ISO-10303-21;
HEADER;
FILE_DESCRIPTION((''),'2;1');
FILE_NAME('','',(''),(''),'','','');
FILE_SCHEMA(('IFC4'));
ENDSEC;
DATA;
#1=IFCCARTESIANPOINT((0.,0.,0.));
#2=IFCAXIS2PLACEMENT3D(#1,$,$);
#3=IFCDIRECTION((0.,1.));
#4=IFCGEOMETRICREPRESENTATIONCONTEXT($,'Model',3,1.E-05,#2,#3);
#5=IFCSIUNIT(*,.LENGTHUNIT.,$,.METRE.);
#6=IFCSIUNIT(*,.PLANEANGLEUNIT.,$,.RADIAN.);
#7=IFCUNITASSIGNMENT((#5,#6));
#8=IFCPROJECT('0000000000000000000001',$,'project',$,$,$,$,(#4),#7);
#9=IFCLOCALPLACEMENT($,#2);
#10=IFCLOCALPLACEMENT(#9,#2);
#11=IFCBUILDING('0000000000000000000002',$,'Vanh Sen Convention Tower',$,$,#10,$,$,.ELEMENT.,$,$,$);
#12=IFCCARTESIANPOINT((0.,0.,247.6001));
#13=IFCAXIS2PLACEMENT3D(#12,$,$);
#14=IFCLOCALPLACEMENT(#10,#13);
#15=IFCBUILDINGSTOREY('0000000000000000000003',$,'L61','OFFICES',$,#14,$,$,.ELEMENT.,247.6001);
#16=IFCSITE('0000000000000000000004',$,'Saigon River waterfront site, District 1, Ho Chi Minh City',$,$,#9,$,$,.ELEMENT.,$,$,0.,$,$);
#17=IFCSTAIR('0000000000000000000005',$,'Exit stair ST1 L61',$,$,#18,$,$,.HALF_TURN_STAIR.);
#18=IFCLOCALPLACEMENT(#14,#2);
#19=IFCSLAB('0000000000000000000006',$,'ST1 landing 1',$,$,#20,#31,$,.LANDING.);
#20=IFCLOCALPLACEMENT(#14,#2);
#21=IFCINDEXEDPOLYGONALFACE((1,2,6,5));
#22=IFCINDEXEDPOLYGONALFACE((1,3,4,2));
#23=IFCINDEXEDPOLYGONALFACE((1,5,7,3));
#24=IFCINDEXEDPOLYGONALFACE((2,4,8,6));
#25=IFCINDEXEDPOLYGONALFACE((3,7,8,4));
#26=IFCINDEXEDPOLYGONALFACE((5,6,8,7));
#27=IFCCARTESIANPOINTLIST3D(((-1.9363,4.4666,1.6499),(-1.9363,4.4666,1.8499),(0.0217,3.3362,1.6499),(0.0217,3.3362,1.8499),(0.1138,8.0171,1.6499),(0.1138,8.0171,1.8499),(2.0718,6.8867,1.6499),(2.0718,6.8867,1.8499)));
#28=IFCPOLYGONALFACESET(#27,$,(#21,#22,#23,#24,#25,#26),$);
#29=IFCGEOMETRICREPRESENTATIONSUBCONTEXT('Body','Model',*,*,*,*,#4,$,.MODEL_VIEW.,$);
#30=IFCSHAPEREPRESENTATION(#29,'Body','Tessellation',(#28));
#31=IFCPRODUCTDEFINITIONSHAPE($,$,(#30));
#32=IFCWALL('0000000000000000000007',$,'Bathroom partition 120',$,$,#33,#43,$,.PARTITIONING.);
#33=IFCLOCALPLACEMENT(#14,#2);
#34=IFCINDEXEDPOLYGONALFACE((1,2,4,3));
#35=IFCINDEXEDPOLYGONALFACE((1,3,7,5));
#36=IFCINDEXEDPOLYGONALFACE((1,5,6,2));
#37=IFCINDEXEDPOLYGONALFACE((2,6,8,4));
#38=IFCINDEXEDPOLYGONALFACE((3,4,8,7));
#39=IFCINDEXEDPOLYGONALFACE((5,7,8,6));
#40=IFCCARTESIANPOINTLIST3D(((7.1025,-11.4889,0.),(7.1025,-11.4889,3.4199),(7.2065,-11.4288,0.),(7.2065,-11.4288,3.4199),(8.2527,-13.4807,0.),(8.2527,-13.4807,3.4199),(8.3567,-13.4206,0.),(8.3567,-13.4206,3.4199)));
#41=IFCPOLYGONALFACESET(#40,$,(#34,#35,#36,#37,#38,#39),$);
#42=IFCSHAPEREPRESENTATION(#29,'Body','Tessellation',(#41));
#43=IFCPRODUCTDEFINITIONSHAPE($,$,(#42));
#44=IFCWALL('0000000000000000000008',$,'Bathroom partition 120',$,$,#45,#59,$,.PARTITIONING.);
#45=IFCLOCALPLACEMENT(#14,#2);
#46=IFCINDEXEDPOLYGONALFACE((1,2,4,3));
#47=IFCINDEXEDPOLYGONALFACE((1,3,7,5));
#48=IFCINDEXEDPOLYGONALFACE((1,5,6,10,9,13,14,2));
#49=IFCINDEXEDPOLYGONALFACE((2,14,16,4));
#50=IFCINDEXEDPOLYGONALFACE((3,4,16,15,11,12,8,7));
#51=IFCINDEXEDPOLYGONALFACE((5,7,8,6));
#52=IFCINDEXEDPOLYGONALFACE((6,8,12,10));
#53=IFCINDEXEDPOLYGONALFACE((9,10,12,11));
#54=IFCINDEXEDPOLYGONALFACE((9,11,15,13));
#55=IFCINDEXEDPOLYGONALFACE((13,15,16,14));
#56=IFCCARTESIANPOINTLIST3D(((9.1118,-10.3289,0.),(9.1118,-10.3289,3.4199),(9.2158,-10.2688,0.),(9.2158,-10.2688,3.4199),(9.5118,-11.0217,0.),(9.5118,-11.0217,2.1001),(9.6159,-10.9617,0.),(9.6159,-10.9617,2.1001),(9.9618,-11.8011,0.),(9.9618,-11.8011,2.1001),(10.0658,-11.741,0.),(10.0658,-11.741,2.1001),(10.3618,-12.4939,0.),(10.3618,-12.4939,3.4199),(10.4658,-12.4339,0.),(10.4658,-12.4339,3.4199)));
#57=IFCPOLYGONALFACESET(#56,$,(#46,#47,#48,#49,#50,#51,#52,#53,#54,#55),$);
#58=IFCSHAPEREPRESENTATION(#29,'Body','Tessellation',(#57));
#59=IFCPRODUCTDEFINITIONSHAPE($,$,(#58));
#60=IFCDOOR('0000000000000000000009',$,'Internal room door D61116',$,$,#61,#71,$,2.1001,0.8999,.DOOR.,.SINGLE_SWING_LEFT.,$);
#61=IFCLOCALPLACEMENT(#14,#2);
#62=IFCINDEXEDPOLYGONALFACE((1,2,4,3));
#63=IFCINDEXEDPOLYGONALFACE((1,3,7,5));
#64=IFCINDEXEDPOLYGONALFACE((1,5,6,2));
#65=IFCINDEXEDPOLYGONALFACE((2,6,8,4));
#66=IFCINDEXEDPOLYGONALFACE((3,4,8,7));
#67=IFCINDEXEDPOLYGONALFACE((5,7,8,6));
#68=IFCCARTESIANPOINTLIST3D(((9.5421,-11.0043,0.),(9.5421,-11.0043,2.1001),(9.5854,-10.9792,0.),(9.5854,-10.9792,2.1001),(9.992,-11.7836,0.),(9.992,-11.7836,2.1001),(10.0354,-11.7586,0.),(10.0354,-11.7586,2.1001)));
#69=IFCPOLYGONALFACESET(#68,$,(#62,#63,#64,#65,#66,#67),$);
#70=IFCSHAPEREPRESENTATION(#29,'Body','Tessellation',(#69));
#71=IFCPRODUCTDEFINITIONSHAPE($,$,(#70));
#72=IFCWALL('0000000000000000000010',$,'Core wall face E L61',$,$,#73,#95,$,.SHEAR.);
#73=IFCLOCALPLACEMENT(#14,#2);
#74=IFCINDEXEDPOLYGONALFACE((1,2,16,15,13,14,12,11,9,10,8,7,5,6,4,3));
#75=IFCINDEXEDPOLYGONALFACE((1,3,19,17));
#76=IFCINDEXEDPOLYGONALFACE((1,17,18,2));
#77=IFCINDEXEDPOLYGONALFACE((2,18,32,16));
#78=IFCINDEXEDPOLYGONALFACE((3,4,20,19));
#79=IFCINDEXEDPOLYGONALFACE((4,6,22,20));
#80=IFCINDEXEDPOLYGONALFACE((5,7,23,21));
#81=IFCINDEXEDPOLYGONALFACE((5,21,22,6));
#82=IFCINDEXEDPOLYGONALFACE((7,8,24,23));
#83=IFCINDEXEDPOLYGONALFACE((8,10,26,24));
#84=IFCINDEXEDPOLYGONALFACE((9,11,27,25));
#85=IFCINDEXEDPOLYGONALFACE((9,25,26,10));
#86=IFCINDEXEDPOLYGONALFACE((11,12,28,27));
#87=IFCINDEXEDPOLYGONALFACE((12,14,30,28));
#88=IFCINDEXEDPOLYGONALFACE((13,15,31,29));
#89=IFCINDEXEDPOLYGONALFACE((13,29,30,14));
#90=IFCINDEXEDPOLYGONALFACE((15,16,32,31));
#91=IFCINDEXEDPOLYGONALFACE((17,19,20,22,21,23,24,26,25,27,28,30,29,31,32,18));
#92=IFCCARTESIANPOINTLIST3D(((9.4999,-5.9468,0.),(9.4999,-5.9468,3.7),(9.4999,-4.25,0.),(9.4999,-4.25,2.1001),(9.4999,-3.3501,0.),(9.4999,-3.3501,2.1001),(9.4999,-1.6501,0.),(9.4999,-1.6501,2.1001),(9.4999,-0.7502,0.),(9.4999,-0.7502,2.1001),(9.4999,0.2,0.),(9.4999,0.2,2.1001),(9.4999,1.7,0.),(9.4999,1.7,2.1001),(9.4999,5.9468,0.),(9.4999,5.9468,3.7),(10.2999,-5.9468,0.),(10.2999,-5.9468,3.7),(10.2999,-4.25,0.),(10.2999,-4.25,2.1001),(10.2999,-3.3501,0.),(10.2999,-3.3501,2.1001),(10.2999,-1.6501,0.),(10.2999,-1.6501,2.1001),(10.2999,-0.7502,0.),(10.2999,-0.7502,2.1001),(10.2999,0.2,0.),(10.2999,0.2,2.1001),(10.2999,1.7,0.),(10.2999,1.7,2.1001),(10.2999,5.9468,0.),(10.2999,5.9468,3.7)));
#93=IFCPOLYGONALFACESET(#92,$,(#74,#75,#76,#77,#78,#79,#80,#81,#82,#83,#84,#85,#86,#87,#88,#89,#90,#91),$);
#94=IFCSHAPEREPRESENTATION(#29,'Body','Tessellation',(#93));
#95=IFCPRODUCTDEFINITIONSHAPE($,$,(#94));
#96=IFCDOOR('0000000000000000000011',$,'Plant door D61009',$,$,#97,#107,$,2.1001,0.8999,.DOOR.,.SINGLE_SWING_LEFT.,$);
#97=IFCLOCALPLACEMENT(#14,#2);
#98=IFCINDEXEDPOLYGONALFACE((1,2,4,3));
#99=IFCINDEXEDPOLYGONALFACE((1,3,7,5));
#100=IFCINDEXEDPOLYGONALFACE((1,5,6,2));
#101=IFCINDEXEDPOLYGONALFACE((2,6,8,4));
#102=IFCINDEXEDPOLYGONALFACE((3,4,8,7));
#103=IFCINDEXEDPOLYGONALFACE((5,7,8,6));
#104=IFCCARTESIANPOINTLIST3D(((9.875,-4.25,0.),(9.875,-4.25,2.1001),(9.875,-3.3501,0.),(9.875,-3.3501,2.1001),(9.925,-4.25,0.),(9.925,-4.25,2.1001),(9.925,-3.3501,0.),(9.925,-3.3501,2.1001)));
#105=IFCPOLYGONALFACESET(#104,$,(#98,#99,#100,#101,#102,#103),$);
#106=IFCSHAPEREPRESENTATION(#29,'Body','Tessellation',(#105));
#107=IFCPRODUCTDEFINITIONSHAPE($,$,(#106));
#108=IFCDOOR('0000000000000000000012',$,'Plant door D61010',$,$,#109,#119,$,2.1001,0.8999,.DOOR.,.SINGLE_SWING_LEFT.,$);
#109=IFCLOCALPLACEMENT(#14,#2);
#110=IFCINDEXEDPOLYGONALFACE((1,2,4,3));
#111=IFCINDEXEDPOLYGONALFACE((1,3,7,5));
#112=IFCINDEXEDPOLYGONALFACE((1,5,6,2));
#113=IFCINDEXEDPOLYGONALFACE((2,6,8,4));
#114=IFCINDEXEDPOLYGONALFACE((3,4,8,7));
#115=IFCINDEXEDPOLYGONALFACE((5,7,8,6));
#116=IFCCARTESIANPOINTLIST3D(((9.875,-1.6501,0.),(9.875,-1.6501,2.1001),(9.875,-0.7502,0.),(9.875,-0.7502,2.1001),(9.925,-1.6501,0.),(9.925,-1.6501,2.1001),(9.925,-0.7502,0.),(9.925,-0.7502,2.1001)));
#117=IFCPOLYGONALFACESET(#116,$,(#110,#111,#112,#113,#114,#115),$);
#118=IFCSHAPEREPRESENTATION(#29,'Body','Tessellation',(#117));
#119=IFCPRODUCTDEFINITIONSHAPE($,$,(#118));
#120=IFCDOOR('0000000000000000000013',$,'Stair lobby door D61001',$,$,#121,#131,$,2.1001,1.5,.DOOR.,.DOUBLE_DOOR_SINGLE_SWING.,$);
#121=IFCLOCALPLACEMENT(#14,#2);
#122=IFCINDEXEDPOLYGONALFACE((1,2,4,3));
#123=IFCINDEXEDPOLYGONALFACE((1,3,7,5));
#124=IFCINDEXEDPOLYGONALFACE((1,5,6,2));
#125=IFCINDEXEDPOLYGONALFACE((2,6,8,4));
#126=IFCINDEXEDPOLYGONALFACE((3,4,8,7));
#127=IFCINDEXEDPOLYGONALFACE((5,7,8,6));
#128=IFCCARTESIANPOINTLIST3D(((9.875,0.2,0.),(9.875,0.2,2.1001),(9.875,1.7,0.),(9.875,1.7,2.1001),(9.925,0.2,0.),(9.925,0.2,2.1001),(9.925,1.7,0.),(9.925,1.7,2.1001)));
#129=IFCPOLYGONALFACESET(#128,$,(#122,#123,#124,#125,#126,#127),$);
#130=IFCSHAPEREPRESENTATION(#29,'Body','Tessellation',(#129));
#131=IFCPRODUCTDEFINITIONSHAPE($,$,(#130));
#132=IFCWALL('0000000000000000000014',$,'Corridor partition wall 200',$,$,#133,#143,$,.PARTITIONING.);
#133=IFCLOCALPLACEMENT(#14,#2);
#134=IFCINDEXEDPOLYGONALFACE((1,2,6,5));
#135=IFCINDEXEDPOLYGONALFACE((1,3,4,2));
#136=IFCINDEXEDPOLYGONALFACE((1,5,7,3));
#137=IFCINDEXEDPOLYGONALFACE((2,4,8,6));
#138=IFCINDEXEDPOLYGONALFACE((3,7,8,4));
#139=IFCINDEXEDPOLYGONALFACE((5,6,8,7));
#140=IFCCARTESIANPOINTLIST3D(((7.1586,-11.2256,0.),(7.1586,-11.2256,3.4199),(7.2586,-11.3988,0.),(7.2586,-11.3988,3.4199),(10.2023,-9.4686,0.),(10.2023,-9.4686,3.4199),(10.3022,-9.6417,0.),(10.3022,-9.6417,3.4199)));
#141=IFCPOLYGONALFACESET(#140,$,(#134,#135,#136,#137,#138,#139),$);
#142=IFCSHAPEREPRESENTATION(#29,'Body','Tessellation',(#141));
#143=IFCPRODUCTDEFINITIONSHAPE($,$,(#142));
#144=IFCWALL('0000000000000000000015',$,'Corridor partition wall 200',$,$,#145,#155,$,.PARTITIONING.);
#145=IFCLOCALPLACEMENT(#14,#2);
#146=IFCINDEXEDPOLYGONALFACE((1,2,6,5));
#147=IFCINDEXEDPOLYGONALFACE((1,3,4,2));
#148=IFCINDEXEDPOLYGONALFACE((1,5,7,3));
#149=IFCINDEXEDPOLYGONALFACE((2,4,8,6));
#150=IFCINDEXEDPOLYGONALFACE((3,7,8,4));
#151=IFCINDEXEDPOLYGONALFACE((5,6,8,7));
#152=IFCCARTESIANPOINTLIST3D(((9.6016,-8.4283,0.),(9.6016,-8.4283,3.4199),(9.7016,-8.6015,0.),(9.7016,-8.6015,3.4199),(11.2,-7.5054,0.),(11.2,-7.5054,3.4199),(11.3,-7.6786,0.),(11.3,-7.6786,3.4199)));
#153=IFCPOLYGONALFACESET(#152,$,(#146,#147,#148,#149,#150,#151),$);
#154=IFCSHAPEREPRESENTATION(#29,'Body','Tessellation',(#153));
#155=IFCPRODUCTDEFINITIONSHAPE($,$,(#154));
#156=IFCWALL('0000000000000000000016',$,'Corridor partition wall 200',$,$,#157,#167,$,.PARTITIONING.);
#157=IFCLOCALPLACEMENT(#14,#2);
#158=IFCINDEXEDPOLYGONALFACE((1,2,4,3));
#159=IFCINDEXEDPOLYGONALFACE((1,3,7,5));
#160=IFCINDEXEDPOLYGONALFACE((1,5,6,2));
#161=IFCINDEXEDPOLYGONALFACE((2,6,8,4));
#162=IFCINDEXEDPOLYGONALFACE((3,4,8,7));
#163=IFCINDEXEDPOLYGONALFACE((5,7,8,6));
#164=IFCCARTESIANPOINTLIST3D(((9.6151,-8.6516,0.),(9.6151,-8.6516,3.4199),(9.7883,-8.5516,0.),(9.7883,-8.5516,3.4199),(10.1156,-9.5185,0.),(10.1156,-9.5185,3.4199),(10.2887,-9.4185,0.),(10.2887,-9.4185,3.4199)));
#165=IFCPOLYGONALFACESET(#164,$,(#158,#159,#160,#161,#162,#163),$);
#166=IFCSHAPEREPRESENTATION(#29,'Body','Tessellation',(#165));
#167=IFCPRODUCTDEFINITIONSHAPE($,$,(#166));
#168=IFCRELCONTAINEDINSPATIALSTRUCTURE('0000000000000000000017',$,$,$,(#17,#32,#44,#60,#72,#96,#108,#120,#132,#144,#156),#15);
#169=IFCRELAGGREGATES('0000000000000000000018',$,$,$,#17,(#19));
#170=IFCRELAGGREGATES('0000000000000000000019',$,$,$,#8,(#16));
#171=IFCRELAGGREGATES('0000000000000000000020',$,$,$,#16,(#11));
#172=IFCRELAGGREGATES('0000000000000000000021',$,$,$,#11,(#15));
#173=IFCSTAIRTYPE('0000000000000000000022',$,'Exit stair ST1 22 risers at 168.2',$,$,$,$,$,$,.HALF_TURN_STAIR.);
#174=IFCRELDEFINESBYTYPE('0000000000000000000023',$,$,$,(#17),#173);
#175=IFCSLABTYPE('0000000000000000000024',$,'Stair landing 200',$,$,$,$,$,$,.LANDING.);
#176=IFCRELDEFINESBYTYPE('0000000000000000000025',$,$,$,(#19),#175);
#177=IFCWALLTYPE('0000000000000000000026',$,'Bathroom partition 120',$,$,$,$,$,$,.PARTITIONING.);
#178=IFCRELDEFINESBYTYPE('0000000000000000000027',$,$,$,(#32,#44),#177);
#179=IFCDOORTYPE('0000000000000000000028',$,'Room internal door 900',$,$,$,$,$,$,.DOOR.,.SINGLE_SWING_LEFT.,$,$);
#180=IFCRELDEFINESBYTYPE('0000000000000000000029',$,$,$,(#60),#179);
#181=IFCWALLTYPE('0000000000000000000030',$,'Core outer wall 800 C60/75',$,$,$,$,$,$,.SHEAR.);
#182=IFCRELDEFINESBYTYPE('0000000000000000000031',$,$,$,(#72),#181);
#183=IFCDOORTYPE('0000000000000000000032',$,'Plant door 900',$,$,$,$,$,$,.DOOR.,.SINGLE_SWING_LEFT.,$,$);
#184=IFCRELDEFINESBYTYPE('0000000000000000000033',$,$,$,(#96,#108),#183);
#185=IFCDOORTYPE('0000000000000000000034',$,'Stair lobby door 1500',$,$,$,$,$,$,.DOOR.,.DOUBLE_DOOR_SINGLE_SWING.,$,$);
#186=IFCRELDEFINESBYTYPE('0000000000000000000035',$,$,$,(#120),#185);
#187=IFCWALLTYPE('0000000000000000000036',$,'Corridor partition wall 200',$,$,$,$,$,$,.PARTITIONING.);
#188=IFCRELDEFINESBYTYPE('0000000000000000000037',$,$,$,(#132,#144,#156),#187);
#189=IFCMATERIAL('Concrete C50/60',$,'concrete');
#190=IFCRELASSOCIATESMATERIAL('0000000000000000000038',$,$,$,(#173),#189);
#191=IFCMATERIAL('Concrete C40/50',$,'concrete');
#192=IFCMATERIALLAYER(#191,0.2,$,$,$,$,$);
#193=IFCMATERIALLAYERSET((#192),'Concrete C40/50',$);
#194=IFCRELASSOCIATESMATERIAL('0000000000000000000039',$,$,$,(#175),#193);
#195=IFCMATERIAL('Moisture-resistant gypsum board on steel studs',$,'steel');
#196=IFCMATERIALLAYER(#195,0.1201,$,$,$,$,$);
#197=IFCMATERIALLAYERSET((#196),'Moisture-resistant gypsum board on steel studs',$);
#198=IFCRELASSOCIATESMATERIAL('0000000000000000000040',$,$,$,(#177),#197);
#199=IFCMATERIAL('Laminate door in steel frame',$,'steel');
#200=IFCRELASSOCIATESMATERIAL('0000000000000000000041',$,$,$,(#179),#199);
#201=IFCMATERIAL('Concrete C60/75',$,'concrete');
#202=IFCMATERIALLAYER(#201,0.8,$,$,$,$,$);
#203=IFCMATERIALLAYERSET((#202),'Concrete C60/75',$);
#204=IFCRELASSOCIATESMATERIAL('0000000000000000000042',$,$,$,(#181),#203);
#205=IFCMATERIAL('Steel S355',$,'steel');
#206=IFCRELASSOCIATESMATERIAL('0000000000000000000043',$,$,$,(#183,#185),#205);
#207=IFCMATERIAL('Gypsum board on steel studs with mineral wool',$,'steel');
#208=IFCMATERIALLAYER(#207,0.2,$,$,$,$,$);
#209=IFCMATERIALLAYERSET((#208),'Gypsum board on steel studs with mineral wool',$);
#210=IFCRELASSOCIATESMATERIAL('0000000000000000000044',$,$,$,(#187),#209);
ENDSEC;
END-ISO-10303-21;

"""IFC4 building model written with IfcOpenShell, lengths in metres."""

from ifc_helpers import new_model, si_unit, direction, frame, frame_2d, origin, place, context, subcontext, project, spatial, polyline, rectangle, outline, extrude, material, layer, layer_set, type_object, element, fill, aggregate, save


model = new_model("IFC4")

# Units and contexts
model_context = context("Model", 3, precision=1e-05, world=origin(), true_north=direction((0.0, 1.0)))
body_context = subcontext(model_context, "Body", "Model", "MODEL_VIEW")
ifc_project = project(units=[si_unit("LENGTHUNIT", "METRE"), si_unit("PLANEANGLEUNIT", "RADIAN")], contexts=[model_context])

# Site, building, storey
site_placement = place(None, origin())
site = spatial("IfcSite", under=ifc_project, at=site_placement, Name="Saigon River waterfront site, District 1, Ho Chi Minh City", CompositionType="ELEMENT", RefElevation=0.0)
building_placement = place(site_placement, origin())
building = spatial("IfcBuilding", under=site, at=building_placement, Name="Vanh Sen Convention Tower", CompositionType="ELEMENT")
storey_placement = place(building_placement, frame((0.0, 0.0, 247.6001)))
storey = spatial("IfcBuildingStorey", under=building, at=storey_placement, Name="L61", Description="OFFICES", CompositionType="ELEMENT", Elevation=247.6001)

# Stair, slab
ifc_material_1 = material(Name="Concrete C50/60", Category="concrete")
stair_type = type_object("IfcStairType", Name="Exit stair ST1 22 risers at 168.2", PredefinedType="HALF_TURN_STAIR", material=ifc_material_1)
stair_placement = place(storey_placement, origin())
stair = element("IfcStair", 1, at=stair_placement, inside=storey, type_object=stair_type, Name="Exit stair ST1 L61", PredefinedType="HALF_TURN_STAIR")
ifc_material_2 = material(Name="Concrete C40/50", Category="concrete")
ifc_layer_1 = layer(ifc_material_2, 0.2)
ifc_layer_set_1 = layer_set([ifc_layer_1], Name="Concrete C40/50")
slab_type = type_object("IfcSlabType", Name="Stair landing 200", PredefinedType="LANDING", material=ifc_layer_set_1)
slab_placement = place(storey_placement, frame((0.0, 0.0, 1.6499)))
slab = element("IfcSlab", 2, at=slab_placement, type_object=slab_type, Name="ST1 landing 1", PredefinedType="LANDING", context=body_context, shape_type="SweptSolid", body=[
    extrude(outline(polyline([(2.0718, 6.8867), (0.1138, 8.0171), (-1.9363, 4.4666), (0.0217, 3.3362), (2.0718, 6.8867)])), origin(), (0.0, 0.0, 1.0), 0.2),
])
aggregate(stair, [slab])

# Wall
ifc_material_3 = material(Name="Moisture-resistant gypsum board on steel studs", Category="steel")
ifc_layer_2 = layer(ifc_material_3, 0.1201)
ifc_layer_set_2 = layer_set([ifc_layer_2], Name="Moisture-resistant gypsum board on steel studs")
wall_type_1 = type_object("IfcWallType", Name="Bathroom partition 120", PredefinedType="PARTITIONING", material=ifc_layer_set_2)
wall_1_placement = place(storey_placement, frame((7.1545, -11.459, 0.0), z_axis=(0.0, 0.0, 1.0), x_axis=(0.500078, -0.865981, 0.0)))
element("IfcWall", 3, at=wall_1_placement, inside=storey, type_object=wall_type_1, Name="Bathroom partition 120", PredefinedType="PARTITIONING", context=body_context, shape_type="SweptSolid", body=[
    extrude(rectangle(XDim=2.3, YDim=0.1201, at=frame_2d((1.1499, 0.0))), origin(), (0.0, 0.0, 1.0), 3.4199),
])

# Wall, opening, door
wall_2_placement = place(storey_placement, frame((9.1638, -10.2988, 0.0), z_axis=(0.0, 0.0, 1.0), x_axis=(0.500004, -0.866023, 0.0)))
wall_2 = element("IfcWall", 4, at=wall_2_placement, inside=storey, type_object=wall_type_1, Name="Bathroom partition 120", PredefinedType="PARTITIONING", context=body_context, shape_type="SweptSolid", body=[
    extrude(rectangle(XDim=2.5, YDim=0.1201, at=frame_2d((1.25, 0.0))), origin(), (0.0, 0.0, 1.0), 3.4199),
])
opening_1_placement = place(wall_2_placement, frame((0.8, 0.0, 0.0)))
opening_1 = element("IfcOpeningElement", 5, at=opening_1_placement, cuts=wall_2, PredefinedType="OPENING", context=body_context, shape_type="SweptSolid", body=[
    extrude(rectangle(XDim=0.8999, YDim=2.1001, at=frame_2d((0.45, 1.05))), frame((0.0, 0.0701, 0.0), z_axis=(0.0, -1.0, 0.0), x_axis=(1.0, 0.0, 0.0)), (0.0, 0.0, 1.0), 0.1401),
])
ifc_material_4 = material(Name="Laminate door in steel frame", Category="steel")
door_type_1 = type_object("IfcDoorType", Name="Room internal door 900", OperationType="SINGLE_SWING_LEFT", PredefinedType="DOOR", material=ifc_material_4)
door_1_placement = place(opening_1_placement, origin())
door_1 = element("IfcDoor", 6, at=door_1_placement, inside=storey, type_object=door_type_1, Name="Internal room door D61116", OperationType="SINGLE_SWING_LEFT", OverallHeight=2.1001, OverallWidth=0.8999, PredefinedType="DOOR", context=body_context, shape_type="SweptSolid", body=[
    extrude(rectangle(XDim=0.8999, YDim=2.1001, at=frame_2d((0.45, 1.05))), frame((0.0, 0.0249, 0.0), z_axis=(0.0, -1.0, 0.0), x_axis=(1.0, 0.0, 0.0)), (0.0, 0.0, 1.0), 0.05),
])
fill(opening_1, door_1)

# Wall, openings, doors
ifc_material_5 = material(Name="Concrete C60/75", Category="concrete")
ifc_layer_3 = layer(ifc_material_5, 0.8)
ifc_layer_set_3 = layer_set([ifc_layer_3], Name="Concrete C60/75")
wall_type_2 = type_object("IfcWallType", Name="Core outer wall 800 C60/75", PredefinedType="SHEAR", material=ifc_layer_set_3)
wall_3_placement = place(storey_placement, frame((9.8999, -5.9468, 0.0), z_axis=(0.0, 0.0, 1.0), x_axis=(0.0, 1.0, 0.0)))
wall_3 = element("IfcWall", 7, at=wall_3_placement, inside=storey, type_object=wall_type_2, Name="Core wall face E L61", PredefinedType="SHEAR", context=body_context, shape_type="SweptSolid", body=[
    extrude(rectangle(XDim=11.8936, YDim=0.8, at=frame_2d((5.9468, 0.0))), origin(), (0.0, 0.0, 1.0), 3.7),
])
opening_2_placement = place(wall_3_placement, frame((6.1467, 0.0, 0.0)))
opening_2 = element("IfcOpeningElement", 8, at=opening_2_placement, cuts=wall_3, PredefinedType="OPENING", context=body_context, shape_type="SweptSolid", body=[
    extrude(rectangle(XDim=1.5, YDim=2.1001, at=frame_2d((0.75, 1.05))), frame((0.0, 0.4099, 0.0), z_axis=(0.0, -1.0, 0.0), x_axis=(1.0, 0.0, 0.0)), (0.0, 0.0, 1.0), 0.8201),
])
opening_3_placement = place(wall_3_placement, frame((1.6968, 0.0, 0.0)))
opening_3 = element("IfcOpeningElement", 9, at=opening_3_placement, cuts=wall_3, PredefinedType="OPENING", context=body_context, shape_type="SweptSolid", body=[
    extrude(rectangle(XDim=0.8999, YDim=2.1001, at=frame_2d((0.45, 1.05))), frame((0.0, 0.4099, 0.0), z_axis=(0.0, -1.0, 0.0), x_axis=(1.0, 0.0, 0.0)), (0.0, 0.0, 1.0), 0.8201),
])
opening_4_placement = place(wall_3_placement, frame((4.2966, 0.0, 0.0)))
opening_4 = element("IfcOpeningElement", 10, at=opening_4_placement, cuts=wall_3, PredefinedType="OPENING", context=body_context, shape_type="SweptSolid", body=[
    extrude(rectangle(XDim=0.8999, YDim=2.1001, at=frame_2d((0.45, 1.05))), frame((0.0, 0.4099, 0.0), z_axis=(0.0, -1.0, 0.0), x_axis=(1.0, 0.0, 0.0)), (0.0, 0.0, 1.0), 0.8201),
])
ifc_material_6 = material(Name="Steel S355", Category="steel")
door_type_2 = type_object("IfcDoorType", Name="Plant door 900", OperationType="SINGLE_SWING_LEFT", PredefinedType="DOOR", material=ifc_material_6)
door_2_placement = place(opening_3_placement, origin())
door_2 = element("IfcDoor", 11, at=door_2_placement, inside=storey, type_object=door_type_2, Name="Plant door D61009", OperationType="SINGLE_SWING_LEFT", OverallHeight=2.1001, OverallWidth=0.8999, PredefinedType="DOOR", context=body_context, shape_type="SweptSolid", body=[
    extrude(rectangle(XDim=0.8999, YDim=2.1001, at=frame_2d((0.45, 1.05))), frame((0.0, 0.0249, 0.0), z_axis=(0.0, -1.0, 0.0), x_axis=(1.0, 0.0, 0.0)), (0.0, 0.0, 1.0), 0.05),
])
fill(opening_3, door_2)
door_3_placement = place(opening_4_placement, origin())
door_3 = element("IfcDoor", 12, at=door_3_placement, inside=storey, type_object=door_type_2, Name="Plant door D61010", OperationType="SINGLE_SWING_LEFT", OverallHeight=2.1001, OverallWidth=0.8999, PredefinedType="DOOR", context=body_context, shape_type="SweptSolid", body=[
    extrude(rectangle(XDim=0.8999, YDim=2.1001, at=frame_2d((0.45, 1.05))), frame((0.0, 0.0249, 0.0), z_axis=(0.0, -1.0, 0.0), x_axis=(1.0, 0.0, 0.0)), (0.0, 0.0, 1.0), 0.05),
])
fill(opening_4, door_3)
door_type_3 = type_object("IfcDoorType", Name="Stair lobby door 1500", OperationType="DOUBLE_DOOR_SINGLE_SWING", PredefinedType="DOOR", material=ifc_material_6)
door_4_placement = place(opening_2_placement, origin())
door_4 = element("IfcDoor", 13, at=door_4_placement, inside=storey, type_object=door_type_3, Name="Stair lobby door D61001", OperationType="DOUBLE_DOOR_SINGLE_SWING", OverallHeight=2.1001, OverallWidth=1.5, PredefinedType="DOOR", context=body_context, shape_type="SweptSolid", body=[
    extrude(rectangle(XDim=1.5, YDim=2.1001, at=frame_2d((0.75, 1.05))), frame((0.0, 0.0249, 0.0), z_axis=(0.0, -1.0, 0.0), x_axis=(1.0, 0.0, 0.0)), (0.0, 0.0, 1.0), 0.05),
])
fill(opening_2, door_4)

# Walls
ifc_material_7 = material(Name="Gypsum board on steel studs with mineral wool", Category="steel")
ifc_layer_4 = layer(ifc_material_7, 0.2)
ifc_layer_set_4 = layer_set([ifc_layer_4], Name="Gypsum board on steel studs with mineral wool")
wall_type_3 = type_object("IfcWallType", Name="Corridor partition wall 200", PredefinedType="PARTITIONING", material=ifc_layer_set_4)
wall_4_placement = place(storey_placement, frame((7.2085, -11.3123, 0.0), z_axis=(0.0, 0.0, 1.0), x_axis=(0.86605, 0.499957, 0.0)))
element("IfcWall", 14, at=wall_4_placement, inside=storey, type_object=wall_type_3, Name="Corridor partition wall 200", PredefinedType="PARTITIONING", context=body_context, shape_type="SweptSolid", body=[
    extrude(rectangle(XDim=3.5144, YDim=0.2, at=frame_2d((1.7573, 0.0))), origin(), (0.0, 0.0, 1.0), 3.4199),
])
wall_5_placement = place(storey_placement, frame((9.6516, -8.5149, 0.0), z_axis=(0.0, 0.0, 1.0), x_axis=(0.86602, 0.500009, 0.0)))
element("IfcWall", 15, at=wall_5_placement, inside=storey, type_object=wall_type_3, Name="Corridor partition wall 200", PredefinedType="PARTITIONING", context=body_context, shape_type="SweptSolid", body=[
    extrude(rectangle(XDim=1.8457, YDim=0.2, at=frame_2d((0.9229, 0.0))), origin(), (0.0, 0.0, 1.0), 3.4199),
])
wall_6_placement = place(storey_placement, frame((10.2021, -9.4685, 0.0), z_axis=(0.0, 0.0, 1.0), x_axis=(-0.499969, 0.866043, 0.0)))
element("IfcWall", 16, at=wall_6_placement, inside=storey, type_object=wall_type_3, Name="Corridor partition wall 200", PredefinedType="PARTITIONING", context=body_context, shape_type="SweptSolid", body=[
    extrude(rectangle(XDim=1.001, YDim=0.2, at=frame_2d((0.5005, 0.0))), origin(), (0.0, 0.0, 1.0), 3.4199),
])

save(model, "model.ifc")
